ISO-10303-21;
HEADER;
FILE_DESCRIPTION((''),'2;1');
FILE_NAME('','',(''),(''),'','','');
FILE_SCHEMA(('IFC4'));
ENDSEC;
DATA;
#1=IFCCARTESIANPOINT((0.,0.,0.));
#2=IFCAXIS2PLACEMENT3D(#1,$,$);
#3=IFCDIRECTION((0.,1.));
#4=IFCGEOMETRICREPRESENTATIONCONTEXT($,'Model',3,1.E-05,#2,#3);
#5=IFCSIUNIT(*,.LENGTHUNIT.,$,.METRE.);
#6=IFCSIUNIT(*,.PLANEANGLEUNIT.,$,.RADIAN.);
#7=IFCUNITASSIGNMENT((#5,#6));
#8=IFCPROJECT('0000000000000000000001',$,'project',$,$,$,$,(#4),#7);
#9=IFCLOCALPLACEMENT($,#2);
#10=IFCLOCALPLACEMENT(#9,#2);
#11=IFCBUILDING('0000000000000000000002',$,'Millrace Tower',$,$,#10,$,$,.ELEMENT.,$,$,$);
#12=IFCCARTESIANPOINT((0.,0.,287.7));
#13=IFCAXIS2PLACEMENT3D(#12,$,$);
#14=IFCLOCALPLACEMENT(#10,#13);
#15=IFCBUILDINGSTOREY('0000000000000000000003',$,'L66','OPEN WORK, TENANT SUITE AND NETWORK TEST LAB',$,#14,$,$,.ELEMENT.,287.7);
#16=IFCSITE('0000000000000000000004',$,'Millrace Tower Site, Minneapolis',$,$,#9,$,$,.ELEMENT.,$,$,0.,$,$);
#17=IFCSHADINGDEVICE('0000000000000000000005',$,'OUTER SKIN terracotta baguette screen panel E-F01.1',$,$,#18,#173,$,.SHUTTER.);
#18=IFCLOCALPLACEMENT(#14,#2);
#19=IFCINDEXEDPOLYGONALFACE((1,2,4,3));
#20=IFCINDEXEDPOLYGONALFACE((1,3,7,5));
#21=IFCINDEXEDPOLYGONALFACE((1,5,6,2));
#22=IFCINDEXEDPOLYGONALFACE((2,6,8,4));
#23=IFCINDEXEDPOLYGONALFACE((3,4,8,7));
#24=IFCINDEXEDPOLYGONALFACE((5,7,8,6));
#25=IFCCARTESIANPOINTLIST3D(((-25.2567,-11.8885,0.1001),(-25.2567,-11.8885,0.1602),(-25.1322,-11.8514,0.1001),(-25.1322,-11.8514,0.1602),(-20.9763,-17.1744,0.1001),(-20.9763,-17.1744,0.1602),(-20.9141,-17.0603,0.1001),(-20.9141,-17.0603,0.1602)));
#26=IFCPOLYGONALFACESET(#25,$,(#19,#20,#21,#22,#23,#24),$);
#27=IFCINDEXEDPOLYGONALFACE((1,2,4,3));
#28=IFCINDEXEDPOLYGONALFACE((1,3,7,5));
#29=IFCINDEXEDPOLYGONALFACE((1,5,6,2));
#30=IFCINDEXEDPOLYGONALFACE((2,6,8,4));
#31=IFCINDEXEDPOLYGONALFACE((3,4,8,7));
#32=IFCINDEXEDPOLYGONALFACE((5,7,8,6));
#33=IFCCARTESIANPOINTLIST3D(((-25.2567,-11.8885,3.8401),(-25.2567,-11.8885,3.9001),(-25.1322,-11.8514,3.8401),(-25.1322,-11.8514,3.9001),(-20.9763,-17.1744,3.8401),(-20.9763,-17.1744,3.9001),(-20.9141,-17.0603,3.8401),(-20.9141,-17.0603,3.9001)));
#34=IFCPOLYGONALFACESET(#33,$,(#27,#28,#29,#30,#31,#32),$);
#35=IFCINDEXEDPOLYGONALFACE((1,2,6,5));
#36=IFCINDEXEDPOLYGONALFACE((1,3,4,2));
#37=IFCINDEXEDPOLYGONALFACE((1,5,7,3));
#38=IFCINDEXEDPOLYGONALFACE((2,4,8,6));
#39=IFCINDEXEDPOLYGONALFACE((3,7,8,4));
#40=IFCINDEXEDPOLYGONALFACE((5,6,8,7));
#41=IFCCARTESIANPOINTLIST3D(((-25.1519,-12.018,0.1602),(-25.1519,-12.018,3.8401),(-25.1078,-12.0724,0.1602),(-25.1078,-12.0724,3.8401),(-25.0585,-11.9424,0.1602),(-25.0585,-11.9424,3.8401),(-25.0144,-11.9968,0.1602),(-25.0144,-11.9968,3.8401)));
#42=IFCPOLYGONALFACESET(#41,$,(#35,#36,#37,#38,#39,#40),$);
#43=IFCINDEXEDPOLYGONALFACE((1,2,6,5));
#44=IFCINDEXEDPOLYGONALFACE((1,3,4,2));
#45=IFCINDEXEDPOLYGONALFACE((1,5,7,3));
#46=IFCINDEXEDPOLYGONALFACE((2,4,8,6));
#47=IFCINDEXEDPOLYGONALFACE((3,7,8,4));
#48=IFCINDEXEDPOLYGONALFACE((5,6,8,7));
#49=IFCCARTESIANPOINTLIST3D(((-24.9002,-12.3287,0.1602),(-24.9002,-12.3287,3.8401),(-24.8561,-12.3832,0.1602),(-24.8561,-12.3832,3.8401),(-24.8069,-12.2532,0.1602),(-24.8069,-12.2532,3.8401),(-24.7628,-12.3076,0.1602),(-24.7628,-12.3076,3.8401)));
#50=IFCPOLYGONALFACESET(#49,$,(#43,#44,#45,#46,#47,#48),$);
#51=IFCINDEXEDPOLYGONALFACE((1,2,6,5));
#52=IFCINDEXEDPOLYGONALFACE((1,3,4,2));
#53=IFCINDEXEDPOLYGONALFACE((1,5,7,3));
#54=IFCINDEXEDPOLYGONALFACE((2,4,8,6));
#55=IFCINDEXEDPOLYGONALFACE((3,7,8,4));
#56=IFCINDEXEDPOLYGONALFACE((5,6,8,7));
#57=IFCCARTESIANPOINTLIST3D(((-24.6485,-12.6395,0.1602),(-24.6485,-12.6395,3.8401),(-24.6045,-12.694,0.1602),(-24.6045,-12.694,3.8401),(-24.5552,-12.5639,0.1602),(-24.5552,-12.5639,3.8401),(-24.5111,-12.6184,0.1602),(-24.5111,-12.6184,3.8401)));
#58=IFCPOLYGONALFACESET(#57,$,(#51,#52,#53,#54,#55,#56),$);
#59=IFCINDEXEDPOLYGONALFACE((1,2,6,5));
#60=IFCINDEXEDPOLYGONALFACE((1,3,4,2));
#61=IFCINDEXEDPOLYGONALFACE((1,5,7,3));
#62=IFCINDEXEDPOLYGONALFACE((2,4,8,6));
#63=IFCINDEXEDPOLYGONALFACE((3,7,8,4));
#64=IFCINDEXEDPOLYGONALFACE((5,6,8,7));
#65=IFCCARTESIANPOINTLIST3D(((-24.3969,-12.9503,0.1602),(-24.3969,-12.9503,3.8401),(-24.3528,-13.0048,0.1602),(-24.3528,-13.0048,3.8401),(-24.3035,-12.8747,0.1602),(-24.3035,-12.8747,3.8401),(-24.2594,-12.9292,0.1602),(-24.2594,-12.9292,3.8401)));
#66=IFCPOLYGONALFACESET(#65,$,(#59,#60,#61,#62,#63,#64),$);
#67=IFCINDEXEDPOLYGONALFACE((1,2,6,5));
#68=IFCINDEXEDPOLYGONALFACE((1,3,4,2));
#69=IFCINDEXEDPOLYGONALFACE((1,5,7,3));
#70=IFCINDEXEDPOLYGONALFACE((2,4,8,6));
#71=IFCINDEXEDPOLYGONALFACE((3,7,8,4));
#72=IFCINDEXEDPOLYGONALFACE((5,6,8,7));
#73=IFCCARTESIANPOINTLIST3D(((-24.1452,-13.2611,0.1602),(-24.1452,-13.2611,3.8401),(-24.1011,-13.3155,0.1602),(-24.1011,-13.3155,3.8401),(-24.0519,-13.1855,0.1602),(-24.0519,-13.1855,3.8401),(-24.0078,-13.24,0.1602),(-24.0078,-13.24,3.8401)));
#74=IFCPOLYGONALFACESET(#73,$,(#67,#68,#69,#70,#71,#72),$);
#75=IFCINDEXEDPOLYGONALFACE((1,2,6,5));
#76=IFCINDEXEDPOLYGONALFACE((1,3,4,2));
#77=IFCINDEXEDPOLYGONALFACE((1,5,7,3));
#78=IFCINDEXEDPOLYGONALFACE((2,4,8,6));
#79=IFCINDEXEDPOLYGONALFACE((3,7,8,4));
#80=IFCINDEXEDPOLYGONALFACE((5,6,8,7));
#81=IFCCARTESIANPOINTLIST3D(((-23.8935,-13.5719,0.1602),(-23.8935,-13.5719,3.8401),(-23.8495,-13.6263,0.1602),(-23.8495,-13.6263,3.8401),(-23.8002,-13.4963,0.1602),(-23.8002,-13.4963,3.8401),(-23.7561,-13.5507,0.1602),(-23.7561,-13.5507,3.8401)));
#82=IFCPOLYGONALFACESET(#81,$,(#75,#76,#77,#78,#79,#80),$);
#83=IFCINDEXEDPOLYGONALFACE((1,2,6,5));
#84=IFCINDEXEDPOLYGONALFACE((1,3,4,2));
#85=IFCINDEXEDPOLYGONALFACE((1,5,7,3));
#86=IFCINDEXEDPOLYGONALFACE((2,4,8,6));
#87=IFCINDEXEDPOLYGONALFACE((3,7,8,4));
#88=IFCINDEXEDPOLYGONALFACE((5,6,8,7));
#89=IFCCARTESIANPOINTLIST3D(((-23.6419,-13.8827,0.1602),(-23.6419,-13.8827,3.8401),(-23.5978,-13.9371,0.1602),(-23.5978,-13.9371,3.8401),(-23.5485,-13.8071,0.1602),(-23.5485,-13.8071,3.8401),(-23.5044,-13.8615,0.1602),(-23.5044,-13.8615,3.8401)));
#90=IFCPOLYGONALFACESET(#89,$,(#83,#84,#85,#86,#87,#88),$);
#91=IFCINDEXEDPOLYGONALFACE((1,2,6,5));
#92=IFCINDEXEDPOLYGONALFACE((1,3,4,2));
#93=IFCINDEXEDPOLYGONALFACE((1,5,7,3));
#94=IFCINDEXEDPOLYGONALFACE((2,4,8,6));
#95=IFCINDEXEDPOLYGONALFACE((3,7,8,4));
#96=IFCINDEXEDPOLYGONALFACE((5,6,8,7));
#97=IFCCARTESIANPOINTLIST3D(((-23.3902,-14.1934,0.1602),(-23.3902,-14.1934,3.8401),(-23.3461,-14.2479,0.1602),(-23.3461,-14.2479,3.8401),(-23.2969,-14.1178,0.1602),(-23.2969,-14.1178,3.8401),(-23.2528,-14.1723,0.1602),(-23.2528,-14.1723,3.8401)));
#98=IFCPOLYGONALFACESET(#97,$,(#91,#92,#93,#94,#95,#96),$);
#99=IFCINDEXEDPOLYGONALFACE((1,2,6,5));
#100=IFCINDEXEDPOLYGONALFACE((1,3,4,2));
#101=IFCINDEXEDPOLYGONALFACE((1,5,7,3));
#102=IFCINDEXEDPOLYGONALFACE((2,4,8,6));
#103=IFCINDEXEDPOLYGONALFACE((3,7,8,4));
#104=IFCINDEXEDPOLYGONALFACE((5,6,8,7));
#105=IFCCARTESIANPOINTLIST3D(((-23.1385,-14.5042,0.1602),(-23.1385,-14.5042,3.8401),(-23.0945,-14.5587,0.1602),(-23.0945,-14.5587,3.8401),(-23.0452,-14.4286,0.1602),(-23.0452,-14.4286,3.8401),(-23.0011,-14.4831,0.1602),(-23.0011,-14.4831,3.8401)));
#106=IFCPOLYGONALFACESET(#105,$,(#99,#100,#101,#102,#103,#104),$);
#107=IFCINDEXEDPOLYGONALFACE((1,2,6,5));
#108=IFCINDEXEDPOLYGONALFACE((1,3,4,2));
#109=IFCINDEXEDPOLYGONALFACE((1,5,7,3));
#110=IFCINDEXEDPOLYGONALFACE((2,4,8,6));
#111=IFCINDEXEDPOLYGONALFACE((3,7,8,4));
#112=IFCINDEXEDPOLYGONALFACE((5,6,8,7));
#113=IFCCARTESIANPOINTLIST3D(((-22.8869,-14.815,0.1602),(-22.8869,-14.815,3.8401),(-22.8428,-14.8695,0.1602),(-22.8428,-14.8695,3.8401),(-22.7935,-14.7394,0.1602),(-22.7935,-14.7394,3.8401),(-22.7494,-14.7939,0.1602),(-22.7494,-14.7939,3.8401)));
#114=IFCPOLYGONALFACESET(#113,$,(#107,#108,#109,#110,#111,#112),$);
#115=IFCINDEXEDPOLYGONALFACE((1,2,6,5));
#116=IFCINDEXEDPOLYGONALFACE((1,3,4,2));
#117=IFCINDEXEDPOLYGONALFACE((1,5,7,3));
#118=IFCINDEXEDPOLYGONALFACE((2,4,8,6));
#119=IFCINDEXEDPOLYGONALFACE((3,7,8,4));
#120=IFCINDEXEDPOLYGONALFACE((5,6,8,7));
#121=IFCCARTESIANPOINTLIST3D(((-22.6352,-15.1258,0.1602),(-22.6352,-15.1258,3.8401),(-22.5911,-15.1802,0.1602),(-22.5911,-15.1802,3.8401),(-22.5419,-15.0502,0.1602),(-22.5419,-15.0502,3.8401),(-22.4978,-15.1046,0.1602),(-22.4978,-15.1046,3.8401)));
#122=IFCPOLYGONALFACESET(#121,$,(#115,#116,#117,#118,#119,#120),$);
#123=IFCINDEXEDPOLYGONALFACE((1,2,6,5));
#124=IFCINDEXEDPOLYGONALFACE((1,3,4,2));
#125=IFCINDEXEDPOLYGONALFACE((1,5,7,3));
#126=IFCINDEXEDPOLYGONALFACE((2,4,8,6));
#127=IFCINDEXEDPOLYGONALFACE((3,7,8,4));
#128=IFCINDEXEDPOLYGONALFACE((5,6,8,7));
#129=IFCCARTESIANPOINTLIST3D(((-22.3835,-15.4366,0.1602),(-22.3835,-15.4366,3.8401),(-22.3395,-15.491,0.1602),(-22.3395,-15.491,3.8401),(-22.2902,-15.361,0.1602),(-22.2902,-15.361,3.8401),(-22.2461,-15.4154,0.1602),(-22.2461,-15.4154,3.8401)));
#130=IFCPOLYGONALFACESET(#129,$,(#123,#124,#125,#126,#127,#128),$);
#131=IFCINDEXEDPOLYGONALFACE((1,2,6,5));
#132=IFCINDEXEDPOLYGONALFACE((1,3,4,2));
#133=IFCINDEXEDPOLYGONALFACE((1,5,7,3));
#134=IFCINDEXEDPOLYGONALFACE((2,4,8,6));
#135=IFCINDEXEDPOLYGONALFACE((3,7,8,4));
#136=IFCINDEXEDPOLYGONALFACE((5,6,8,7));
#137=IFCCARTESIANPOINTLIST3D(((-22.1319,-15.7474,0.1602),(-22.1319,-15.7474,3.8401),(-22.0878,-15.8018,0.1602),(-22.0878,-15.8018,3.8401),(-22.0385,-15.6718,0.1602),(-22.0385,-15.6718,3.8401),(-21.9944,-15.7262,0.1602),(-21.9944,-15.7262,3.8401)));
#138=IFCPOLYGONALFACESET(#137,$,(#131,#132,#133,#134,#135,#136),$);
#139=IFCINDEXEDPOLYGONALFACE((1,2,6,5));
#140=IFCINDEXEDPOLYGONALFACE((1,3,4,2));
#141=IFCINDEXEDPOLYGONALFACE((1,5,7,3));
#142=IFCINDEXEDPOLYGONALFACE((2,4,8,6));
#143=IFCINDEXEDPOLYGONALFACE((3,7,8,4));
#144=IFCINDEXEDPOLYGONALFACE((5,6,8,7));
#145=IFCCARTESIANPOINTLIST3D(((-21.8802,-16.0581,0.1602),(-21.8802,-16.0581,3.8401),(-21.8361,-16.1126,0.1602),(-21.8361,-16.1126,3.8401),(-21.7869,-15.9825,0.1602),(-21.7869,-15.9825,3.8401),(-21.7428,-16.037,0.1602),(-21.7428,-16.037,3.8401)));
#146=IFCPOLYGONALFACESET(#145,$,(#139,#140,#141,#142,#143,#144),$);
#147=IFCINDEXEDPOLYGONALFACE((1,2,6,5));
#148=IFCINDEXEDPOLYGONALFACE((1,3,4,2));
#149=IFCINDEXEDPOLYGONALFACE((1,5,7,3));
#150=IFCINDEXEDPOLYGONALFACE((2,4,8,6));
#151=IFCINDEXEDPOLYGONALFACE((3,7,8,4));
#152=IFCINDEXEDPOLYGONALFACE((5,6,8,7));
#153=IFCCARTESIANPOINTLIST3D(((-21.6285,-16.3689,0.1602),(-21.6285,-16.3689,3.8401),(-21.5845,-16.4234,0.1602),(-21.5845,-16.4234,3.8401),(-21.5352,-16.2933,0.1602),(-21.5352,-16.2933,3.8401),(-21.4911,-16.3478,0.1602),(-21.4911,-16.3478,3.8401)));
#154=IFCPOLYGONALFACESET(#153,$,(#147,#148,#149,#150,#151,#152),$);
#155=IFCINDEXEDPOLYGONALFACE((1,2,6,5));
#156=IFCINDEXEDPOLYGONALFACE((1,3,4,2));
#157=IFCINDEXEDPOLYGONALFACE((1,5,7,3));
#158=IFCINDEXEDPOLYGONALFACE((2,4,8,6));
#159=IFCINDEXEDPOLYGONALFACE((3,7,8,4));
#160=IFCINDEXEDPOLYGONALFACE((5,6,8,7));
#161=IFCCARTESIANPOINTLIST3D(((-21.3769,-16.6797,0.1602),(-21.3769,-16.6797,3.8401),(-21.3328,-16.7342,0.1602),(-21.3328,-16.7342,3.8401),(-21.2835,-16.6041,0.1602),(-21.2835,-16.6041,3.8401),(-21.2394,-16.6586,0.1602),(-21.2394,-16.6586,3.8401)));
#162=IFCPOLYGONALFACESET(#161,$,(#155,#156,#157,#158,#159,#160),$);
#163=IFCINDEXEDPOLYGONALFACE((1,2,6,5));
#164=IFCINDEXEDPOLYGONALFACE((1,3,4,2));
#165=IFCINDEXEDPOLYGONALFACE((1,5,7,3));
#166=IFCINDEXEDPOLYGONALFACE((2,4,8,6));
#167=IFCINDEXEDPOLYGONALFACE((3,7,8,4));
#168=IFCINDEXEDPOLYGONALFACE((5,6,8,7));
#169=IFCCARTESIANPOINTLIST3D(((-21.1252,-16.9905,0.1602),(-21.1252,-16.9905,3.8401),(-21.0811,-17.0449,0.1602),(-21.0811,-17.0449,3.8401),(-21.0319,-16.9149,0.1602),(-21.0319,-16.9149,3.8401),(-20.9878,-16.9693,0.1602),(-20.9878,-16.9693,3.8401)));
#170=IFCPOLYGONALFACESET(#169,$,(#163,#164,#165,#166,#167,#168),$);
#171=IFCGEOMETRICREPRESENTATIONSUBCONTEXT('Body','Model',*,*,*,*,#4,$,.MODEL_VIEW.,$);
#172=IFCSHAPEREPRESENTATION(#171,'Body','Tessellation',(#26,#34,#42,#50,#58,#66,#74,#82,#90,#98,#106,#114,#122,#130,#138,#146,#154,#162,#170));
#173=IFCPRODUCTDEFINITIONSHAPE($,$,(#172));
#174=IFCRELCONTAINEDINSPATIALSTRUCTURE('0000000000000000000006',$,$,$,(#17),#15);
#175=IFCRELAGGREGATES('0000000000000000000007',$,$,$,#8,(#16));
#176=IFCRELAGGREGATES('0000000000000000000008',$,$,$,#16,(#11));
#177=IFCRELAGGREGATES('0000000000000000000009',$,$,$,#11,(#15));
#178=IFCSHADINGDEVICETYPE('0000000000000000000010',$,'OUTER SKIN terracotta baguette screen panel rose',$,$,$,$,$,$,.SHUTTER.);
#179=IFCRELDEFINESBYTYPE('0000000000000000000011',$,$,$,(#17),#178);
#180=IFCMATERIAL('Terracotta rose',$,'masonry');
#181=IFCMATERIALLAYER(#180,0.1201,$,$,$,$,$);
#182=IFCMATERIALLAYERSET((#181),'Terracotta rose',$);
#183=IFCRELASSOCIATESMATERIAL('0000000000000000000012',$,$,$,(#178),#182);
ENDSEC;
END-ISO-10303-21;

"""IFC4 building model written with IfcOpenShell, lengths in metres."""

from ifc_helpers import new_model, entity, si_unit, direction, frame, frame_2d, origin, origin_2d, place, context, subcontext, project, spatial, rectangle, extrude, source, transform, mapped, material, layer, layer_set, type_object, element, save


model = new_model("IFC4")

# Units and contexts
model_context = context("Model", 3, precision=1e-05, world=origin(), true_north=direction((0.0, 1.0)))
body_context = subcontext(model_context, "Body", "Model", "MODEL_VIEW")
ifc_project = project(units=[si_unit("LENGTHUNIT", "METRE"), si_unit("PLANEANGLEUNIT", "RADIAN")], contexts=[model_context])

# Site, building, storey
site_placement = place(None, origin())
site = spatial("IfcSite", under=ifc_project, at=site_placement, Name="Millrace Tower Site, Minneapolis", CompositionType="ELEMENT", RefElevation=0.0)
building_placement = place(site_placement, origin())
building = spatial("IfcBuilding", under=site, at=building_placement, Name="Millrace Tower", CompositionType="ELEMENT")
storey_placement = place(building_placement, frame((0.0, 0.0, 287.7)))
storey = spatial("IfcBuildingStorey", under=building, at=storey_placement, Name="L66", Description="OPEN WORK, TENANT SUITE AND NETWORK TEST LAB", CompositionType="ELEMENT", Elevation=287.7)

# Shading device
ifc_material_1 = material(Name="Terracotta rose", Category="masonry")
ifc_layer_1 = layer(ifc_material_1, 0.1201)
ifc_layer_set_1 = layer_set([ifc_layer_1], Name="Terracotta rose")
shading_device_type = type_object("IfcShadingDeviceType", Name="OUTER SKIN terracotta baguette screen panel rose", PredefinedType="SHUTTER", material=ifc_layer_set_1)
cartesian_point_1 = entity("IfcCartesianPoint", [-3.3513, 0.0601])
shared_polyline_1 = entity("IfcPolyline", [cartesian_point_1, entity("IfcCartesianPoint", [3.3513, 0.0601]), entity("IfcCartesianPoint", [3.4009, -0.0601]), entity("IfcCartesianPoint", [-3.4009, -0.0601]), cartesian_point_1])
shared_shape_1 = source(origin(), body_context, "Body", "SweptSolid", [
    entity("IfcExtrudedAreaSolid", entity("IfcArbitraryClosedProfileDef", "AREA", None, shared_polyline_1), entity("IfcAxis2Placement3D", entity("IfcCartesianPoint", [0.0, 0.0, 0.0])), entity("IfcDirection", [0.0, 0.0, 1.0]), 0.0601),
    entity("IfcExtrudedAreaSolid", entity("IfcArbitraryClosedProfileDef", "AREA", None, shared_polyline_1), entity("IfcAxis2Placement3D", entity("IfcCartesianPoint", [0.0, 0.0, 3.74])), entity("IfcDirection", [0.0, 0.0, 1.0]), 0.0601),
    extrude(rectangle(XDim=0.0701, YDim=0.1201, at=frame_2d((-3.1992, 0.0))), frame((0.0, 0.0, 0.0601)), (0.0, 0.0, 1.0), 3.6799),
    extrude(rectangle(XDim=0.0701, YDim=0.1201, at=frame_2d((-2.7993, 0.0))), frame((0.0, 0.0, 0.0601)), (0.0, 0.0, 1.0), 3.6799),
    extrude(rectangle(XDim=0.0701, YDim=0.1201, at=frame_2d((-2.3994, 0.0))), frame((0.0, 0.0, 0.0601)), (0.0, 0.0, 1.0), 3.6799),
    extrude(rectangle(XDim=0.0701, YDim=0.1201, at=frame_2d((-1.9995, 0.0))), frame((0.0, 0.0, 0.0601)), (0.0, 0.0, 1.0), 3.6799),
    extrude(rectangle(XDim=0.0701, YDim=0.1201, at=frame_2d((-1.5996, 0.0))), frame((0.0, 0.0, 0.0601)), (0.0, 0.0, 1.0), 3.6799),
    extrude(rectangle(XDim=0.0701, YDim=0.1201, at=frame_2d((-1.1997, 0.0))), frame((0.0, 0.0, 0.0601)), (0.0, 0.0, 1.0), 3.6799),
    extrude(rectangle(XDim=0.0701, YDim=0.1201, at=frame_2d((-0.7998, 0.0))), frame((0.0, 0.0, 0.0601)), (0.0, 0.0, 1.0), 3.6799),
    extrude(rectangle(XDim=0.0701, YDim=0.1201, at=frame_2d((-0.3999, 0.0))), frame((0.0, 0.0, 0.0601)), (0.0, 0.0, 1.0), 3.6799),
    extrude(rectangle(XDim=0.0701, YDim=0.1201, at=origin_2d()), frame((0.0, 0.0, 0.0601)), (0.0, 0.0, 1.0), 3.6799),
    extrude(rectangle(XDim=0.0701, YDim=0.1201, at=frame_2d((0.3999, 0.0))), frame((0.0, 0.0, 0.0601)), (0.0, 0.0, 1.0), 3.6799),
    extrude(rectangle(XDim=0.0701, YDim=0.1201, at=frame_2d((0.7998, 0.0))), frame((0.0, 0.0, 0.0601)), (0.0, 0.0, 1.0), 3.6799),
    extrude(rectangle(XDim=0.0701, YDim=0.1201, at=frame_2d((1.1997, 0.0))), frame((0.0, 0.0, 0.0601)), (0.0, 0.0, 1.0), 3.6799),
    extrude(rectangle(XDim=0.0701, YDim=0.1201, at=frame_2d((1.5996, 0.0))), frame((0.0, 0.0, 0.0601)), (0.0, 0.0, 1.0), 3.6799),
    extrude(rectangle(XDim=0.0701, YDim=0.1201, at=frame_2d((1.9995, 0.0))), frame((0.0, 0.0, 0.0601)), (0.0, 0.0, 1.0), 3.6799),
    extrude(rectangle(XDim=0.0701, YDim=0.1201, at=frame_2d((2.3994, 0.0))), frame((0.0, 0.0, 0.0601)), (0.0, 0.0, 1.0), 3.6799),
    extrude(rectangle(XDim=0.0701, YDim=0.1201, at=frame_2d((2.7993, 0.0))), frame((0.0, 0.0, 0.0601)), (0.0, 0.0, 1.0), 3.6799),
    extrude(rectangle(XDim=0.0701, YDim=0.1201, at=frame_2d((3.1992, 0.0))), frame((0.0, 0.0, 0.0601)), (0.0, 0.0, 1.0), 3.6799),
])
shading_device_1_placement = place(storey_placement, frame((-23.0698, -14.4937, 0.1001), z_axis=(0.0, 0.0, 1.0), x_axis=(0.62932, -0.777146, 0.0)))
element("IfcShadingDevice", 1, at=shading_device_1_placement, inside=storey, type_object=shading_device_type, Name="OUTER SKIN terracotta baguette screen panel E-F01.1", PredefinedType="SHUTTER", context=body_context, shape_type="MappedRepresentation", body=[
    mapped(shared_shape_1, transform((0.0, 0.0, 0.0), scale=1.0)),
])

save(model, "model.ifc")
